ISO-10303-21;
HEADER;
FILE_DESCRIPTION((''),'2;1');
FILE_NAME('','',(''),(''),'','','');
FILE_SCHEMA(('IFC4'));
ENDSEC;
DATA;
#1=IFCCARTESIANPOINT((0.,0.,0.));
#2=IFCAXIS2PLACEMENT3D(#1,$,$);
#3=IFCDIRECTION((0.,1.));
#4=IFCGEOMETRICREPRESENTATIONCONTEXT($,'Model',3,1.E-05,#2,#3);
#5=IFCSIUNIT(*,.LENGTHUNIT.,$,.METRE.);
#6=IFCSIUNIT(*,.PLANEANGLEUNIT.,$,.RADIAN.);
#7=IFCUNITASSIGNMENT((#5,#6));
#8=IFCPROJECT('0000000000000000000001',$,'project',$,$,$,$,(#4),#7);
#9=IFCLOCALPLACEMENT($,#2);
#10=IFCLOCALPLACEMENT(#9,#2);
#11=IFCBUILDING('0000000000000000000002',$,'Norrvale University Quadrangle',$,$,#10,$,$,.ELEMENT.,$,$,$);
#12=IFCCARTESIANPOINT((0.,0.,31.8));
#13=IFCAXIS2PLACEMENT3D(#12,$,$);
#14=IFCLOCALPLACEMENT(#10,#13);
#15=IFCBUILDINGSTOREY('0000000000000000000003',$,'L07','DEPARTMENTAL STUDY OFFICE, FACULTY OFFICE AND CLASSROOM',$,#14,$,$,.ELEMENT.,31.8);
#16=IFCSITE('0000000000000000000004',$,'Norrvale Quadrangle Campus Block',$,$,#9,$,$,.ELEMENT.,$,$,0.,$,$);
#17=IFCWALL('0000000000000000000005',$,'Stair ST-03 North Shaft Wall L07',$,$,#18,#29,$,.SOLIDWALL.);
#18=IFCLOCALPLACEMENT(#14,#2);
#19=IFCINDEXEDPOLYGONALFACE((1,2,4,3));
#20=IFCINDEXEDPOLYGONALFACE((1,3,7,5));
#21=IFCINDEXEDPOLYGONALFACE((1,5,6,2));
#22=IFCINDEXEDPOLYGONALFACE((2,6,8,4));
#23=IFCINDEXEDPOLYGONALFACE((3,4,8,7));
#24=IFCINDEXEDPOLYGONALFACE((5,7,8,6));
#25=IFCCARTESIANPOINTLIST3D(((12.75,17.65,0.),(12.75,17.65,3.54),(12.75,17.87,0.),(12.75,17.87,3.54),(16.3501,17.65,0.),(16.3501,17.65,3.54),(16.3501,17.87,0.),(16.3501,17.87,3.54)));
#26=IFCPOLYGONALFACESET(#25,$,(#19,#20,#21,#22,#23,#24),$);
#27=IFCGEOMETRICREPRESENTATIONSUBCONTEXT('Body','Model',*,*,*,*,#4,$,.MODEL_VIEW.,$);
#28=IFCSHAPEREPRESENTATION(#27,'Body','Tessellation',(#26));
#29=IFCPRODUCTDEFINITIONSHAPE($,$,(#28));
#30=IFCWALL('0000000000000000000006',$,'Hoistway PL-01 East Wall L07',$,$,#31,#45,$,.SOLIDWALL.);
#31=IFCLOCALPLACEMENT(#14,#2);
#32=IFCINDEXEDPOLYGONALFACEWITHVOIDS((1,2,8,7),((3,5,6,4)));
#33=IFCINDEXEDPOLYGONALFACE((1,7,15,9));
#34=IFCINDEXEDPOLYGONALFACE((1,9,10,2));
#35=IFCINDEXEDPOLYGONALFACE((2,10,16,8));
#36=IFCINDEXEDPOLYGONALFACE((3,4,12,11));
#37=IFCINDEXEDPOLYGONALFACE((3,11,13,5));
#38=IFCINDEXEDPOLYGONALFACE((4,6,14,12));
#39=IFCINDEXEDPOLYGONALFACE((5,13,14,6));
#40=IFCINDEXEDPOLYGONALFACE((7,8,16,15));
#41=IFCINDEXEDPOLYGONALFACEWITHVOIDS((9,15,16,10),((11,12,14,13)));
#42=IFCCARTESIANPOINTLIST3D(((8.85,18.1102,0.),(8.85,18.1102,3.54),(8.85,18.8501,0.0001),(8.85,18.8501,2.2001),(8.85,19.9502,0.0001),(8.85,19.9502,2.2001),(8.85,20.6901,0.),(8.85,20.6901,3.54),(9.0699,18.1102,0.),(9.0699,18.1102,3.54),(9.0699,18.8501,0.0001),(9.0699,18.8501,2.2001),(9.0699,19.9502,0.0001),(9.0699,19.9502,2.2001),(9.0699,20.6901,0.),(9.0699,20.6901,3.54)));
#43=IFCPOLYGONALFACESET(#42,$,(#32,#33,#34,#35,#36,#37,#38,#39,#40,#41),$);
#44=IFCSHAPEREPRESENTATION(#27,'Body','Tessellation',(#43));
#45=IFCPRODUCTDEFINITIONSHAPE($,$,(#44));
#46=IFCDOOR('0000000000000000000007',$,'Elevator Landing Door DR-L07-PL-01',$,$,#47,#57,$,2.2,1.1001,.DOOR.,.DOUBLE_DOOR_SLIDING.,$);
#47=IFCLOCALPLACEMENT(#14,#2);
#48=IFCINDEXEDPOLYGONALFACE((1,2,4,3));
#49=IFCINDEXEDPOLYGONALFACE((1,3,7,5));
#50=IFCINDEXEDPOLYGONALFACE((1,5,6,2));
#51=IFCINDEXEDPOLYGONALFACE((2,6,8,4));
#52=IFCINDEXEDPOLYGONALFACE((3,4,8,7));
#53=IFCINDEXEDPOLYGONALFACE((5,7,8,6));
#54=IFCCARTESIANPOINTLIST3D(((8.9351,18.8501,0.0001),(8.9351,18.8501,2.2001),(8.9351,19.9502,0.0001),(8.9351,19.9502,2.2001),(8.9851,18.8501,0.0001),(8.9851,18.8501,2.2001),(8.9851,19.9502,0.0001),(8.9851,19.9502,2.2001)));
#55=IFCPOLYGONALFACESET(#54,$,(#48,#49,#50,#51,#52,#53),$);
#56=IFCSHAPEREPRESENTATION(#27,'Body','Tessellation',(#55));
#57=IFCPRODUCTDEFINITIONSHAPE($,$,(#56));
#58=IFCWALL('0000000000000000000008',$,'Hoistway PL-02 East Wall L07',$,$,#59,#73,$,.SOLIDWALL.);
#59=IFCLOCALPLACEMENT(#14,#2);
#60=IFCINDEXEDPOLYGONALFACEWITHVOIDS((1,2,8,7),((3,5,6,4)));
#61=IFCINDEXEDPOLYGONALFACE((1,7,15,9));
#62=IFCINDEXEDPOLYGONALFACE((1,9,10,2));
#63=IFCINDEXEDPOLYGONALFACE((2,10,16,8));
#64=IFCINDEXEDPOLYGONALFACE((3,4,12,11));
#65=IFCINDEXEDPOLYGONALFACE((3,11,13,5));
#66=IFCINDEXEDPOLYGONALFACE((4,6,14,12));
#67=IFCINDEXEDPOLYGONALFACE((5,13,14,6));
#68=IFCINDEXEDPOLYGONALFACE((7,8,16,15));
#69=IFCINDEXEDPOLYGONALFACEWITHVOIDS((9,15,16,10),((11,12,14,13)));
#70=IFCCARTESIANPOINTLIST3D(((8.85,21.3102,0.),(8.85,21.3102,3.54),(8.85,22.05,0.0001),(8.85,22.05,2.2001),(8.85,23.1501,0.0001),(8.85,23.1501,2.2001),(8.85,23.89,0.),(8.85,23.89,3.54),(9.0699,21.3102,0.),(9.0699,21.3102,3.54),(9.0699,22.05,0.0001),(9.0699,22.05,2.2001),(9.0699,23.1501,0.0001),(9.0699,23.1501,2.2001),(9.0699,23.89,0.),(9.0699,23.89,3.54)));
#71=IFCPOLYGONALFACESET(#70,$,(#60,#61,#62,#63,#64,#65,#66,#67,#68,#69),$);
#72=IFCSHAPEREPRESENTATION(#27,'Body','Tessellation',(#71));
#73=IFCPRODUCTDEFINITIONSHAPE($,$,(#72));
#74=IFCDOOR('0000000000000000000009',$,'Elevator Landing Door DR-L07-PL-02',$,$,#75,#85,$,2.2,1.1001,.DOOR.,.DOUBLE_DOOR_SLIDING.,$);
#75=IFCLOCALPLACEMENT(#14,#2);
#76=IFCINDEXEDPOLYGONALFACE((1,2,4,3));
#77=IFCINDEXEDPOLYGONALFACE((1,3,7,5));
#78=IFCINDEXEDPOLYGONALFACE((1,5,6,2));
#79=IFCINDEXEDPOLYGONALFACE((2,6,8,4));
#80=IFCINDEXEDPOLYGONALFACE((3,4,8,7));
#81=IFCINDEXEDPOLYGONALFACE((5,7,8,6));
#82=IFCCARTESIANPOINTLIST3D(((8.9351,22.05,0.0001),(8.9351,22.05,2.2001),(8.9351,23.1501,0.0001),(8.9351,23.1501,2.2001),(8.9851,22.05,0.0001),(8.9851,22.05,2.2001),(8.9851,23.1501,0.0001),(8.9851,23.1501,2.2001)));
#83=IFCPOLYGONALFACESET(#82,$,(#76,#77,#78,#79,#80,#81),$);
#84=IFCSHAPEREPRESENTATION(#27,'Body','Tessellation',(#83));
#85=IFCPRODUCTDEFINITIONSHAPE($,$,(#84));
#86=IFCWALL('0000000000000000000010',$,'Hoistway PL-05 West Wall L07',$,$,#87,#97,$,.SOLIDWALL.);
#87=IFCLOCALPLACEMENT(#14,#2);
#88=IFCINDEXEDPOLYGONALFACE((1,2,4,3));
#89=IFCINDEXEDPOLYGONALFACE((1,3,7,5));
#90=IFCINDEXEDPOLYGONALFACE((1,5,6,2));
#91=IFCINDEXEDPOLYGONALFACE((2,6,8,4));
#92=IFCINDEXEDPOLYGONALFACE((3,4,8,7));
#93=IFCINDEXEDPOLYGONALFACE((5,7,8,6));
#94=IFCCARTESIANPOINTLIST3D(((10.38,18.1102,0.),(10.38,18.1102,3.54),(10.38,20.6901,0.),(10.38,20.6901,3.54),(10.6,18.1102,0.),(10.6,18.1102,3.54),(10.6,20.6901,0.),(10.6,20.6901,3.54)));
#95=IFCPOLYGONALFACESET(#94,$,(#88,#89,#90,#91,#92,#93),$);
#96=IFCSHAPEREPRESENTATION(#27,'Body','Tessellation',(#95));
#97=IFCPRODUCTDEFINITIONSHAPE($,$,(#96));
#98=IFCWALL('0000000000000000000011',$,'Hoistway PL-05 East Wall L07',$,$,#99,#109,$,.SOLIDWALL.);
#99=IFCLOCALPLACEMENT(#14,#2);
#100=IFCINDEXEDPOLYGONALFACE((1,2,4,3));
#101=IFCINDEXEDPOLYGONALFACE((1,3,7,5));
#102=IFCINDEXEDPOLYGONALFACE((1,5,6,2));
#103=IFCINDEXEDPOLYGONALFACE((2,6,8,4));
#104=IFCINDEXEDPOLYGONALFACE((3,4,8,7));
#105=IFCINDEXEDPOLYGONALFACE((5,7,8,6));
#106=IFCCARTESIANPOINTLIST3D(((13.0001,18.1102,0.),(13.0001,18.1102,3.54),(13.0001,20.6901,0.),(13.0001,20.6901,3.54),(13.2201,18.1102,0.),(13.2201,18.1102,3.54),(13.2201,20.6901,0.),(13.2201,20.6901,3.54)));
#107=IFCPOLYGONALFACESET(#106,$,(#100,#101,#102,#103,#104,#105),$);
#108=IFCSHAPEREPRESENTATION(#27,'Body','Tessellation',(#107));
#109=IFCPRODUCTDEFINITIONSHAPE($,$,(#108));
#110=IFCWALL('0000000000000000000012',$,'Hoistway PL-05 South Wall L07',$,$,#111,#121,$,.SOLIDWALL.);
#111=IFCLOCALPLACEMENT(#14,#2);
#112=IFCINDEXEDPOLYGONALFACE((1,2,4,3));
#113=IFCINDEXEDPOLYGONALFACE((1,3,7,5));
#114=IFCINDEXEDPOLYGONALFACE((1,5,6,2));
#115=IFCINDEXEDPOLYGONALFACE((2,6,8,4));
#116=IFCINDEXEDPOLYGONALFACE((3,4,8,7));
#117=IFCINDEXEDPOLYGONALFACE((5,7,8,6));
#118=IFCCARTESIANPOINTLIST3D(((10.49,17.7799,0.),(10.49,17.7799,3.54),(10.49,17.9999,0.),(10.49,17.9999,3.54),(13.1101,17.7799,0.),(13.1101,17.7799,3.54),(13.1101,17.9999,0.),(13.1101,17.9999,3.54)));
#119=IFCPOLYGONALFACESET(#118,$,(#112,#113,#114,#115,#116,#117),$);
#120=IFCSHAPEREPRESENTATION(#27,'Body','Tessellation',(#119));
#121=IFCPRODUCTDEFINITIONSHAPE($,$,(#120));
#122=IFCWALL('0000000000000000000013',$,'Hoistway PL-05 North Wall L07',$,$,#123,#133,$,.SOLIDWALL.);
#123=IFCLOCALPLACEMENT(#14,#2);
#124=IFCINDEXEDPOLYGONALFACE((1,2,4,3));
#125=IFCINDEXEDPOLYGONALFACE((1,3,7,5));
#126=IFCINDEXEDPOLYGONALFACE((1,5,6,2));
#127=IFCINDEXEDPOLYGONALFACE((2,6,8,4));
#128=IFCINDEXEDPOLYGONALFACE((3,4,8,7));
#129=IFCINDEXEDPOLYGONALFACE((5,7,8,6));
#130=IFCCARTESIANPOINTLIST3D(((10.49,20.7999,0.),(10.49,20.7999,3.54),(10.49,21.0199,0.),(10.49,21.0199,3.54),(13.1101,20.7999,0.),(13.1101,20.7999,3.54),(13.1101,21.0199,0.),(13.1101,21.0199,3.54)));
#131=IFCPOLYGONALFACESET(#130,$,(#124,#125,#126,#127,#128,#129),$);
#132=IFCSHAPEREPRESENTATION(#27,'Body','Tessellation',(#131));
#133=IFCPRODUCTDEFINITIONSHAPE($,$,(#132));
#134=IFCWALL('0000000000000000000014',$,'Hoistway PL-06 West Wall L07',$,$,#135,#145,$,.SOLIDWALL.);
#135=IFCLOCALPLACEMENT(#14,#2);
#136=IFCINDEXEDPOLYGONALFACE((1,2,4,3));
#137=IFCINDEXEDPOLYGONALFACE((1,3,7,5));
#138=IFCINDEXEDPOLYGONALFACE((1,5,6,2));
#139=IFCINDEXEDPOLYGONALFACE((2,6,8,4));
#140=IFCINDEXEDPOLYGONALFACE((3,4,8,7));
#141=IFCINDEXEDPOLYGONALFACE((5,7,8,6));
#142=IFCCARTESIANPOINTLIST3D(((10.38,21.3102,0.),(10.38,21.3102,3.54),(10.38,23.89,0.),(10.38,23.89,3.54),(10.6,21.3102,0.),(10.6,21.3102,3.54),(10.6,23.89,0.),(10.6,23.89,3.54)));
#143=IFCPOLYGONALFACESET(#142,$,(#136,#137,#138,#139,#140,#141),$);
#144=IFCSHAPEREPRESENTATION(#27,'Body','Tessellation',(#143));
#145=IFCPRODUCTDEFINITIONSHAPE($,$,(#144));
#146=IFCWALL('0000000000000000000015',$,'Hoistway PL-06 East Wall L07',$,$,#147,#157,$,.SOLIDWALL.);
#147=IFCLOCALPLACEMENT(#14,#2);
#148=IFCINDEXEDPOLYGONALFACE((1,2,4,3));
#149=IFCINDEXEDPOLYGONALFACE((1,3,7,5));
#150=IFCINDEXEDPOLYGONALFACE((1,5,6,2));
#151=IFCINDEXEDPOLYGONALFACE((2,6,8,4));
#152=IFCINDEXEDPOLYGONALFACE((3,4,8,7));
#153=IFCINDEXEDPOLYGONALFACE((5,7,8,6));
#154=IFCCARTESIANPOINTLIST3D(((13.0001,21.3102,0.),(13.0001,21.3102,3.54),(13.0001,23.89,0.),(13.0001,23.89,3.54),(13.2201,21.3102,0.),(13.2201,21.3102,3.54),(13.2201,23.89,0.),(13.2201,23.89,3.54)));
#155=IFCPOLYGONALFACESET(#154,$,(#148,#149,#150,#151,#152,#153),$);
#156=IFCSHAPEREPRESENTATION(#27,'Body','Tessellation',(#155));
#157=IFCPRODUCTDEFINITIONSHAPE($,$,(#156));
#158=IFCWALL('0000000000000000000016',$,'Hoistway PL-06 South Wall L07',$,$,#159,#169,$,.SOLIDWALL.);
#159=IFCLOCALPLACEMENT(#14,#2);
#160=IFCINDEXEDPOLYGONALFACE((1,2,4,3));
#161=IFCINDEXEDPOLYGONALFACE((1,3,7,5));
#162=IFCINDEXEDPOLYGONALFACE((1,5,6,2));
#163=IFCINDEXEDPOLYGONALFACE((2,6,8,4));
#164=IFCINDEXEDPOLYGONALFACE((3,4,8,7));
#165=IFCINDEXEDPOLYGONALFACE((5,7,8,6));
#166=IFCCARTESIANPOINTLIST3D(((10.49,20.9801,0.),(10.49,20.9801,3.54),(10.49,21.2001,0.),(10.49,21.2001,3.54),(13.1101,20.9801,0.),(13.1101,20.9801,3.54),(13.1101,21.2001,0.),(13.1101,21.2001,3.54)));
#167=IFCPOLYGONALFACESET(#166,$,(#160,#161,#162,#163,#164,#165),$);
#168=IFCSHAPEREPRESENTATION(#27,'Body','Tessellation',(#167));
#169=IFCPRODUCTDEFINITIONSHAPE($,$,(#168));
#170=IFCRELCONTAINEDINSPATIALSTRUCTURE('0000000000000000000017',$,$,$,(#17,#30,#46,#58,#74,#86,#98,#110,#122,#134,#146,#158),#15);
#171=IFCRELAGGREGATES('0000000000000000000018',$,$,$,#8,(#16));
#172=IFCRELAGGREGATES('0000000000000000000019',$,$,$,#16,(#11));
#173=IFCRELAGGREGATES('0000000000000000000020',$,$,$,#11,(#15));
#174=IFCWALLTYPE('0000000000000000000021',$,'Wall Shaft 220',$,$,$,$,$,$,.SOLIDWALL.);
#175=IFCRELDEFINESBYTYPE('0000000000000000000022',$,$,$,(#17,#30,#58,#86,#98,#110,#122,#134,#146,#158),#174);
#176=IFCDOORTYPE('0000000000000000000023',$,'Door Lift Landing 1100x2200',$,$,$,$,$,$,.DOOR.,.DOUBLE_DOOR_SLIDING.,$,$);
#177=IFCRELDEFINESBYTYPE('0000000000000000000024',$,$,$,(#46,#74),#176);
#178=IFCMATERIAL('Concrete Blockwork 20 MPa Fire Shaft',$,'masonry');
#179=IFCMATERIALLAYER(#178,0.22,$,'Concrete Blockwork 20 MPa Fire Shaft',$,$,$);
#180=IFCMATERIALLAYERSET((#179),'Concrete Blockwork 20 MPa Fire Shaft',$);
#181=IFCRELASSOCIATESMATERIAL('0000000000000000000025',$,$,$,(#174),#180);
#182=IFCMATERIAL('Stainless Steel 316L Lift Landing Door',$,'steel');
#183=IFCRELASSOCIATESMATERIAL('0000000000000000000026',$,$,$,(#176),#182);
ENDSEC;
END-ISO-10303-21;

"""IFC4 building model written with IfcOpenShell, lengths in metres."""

from ifc_helpers import new_model, si_unit, direction, frame, frame_2d, origin, place, context, subcontext, project, spatial, rectangle, extrude, material, layer, layer_set, type_object, element, fill, save


model = new_model("IFC4")

# Units and contexts
model_context = context("Model", 3, precision=1e-05, world=origin(), true_north=direction((0.0, 1.0)))
body_context = subcontext(model_context, "Body", "Model", "MODEL_VIEW")
ifc_project = project(units=[si_unit("LENGTHUNIT", "METRE"), si_unit("PLANEANGLEUNIT", "RADIAN")], contexts=[model_context])

# Site, building, storey
site_placement = place(None, origin())
site = spatial("IfcSite", under=ifc_project, at=site_placement, Name="Norrvale Quadrangle Campus Block", CompositionType="ELEMENT", RefElevation=0.0)
building_placement = place(site_placement, origin())
building = spatial("IfcBuilding", under=site, at=building_placement, Name="Norrvale University Quadrangle", CompositionType="ELEMENT")
storey_placement = place(building_placement, frame((0.0, 0.0, 31.8)))
storey = spatial("IfcBuildingStorey", under=building, at=storey_placement, Name="L07", Description="DEPARTMENTAL STUDY OFFICE, FACULTY OFFICE AND CLASSROOM", CompositionType="ELEMENT", Elevation=31.8)

# Wall
ifc_material_1 = material(Name="Concrete Blockwork 20 MPa Fire Shaft", Category="masonry")
ifc_layer_1 = layer(ifc_material_1, 0.22, Name="Concrete Blockwork 20 MPa Fire Shaft")
ifc_layer_set_1 = layer_set([ifc_layer_1], Name="Concrete Blockwork 20 MPa Fire Shaft")
wall_type_1 = type_object("IfcWallType", Name="Wall Shaft 220", PredefinedType="SOLIDWALL", material=ifc_layer_set_1)
wall_1_placement = place(storey_placement, frame((12.75, 17.76, 0.0), z_axis=(0.0, 0.0, 1.0), x_axis=(1.0, 0.0, 0.0)))
element("IfcWall", 1, at=wall_1_placement, inside=storey, type_object=wall_type_1, Name="Stair ST-03 North Shaft Wall L07", PredefinedType="SOLIDWALL", context=body_context, shape_type="SweptSolid", body=[
    extrude(rectangle(XDim=3.6001, YDim=0.22, at=frame_2d((1.8, 0.0))), origin(), (0.0, 0.0, 1.0), 3.54),
])

# Walls, openings, doors
wall_2_placement = place(storey_placement, frame((8.96, 18.1101, 0.0), z_axis=(0.0, 0.0, 1.0), x_axis=(0.0, 1.0, 0.0)))
wall_2 = element("IfcWall", 2, at=wall_2_placement, inside=storey, type_object=wall_type_1, Name="Hoistway PL-01 East Wall L07", PredefinedType="SOLIDWALL", context=body_context, shape_type="SweptSolid", body=[
    extrude(rectangle(XDim=2.5798, YDim=0.22, at=frame_2d((1.29, 0.0))), origin(), (0.0, 0.0, 1.0), 3.54),
])
opening_1_placement = place(wall_2_placement, frame((0.74, 0.0, 0.0)))
opening_1 = element("IfcOpeningElement", 3, at=opening_1_placement, cuts=wall_2, PredefinedType="OPENING", context=body_context, shape_type="SweptSolid", body=[
    extrude(rectangle(XDim=1.1001, YDim=2.2, at=frame_2d((0.55, 1.1001))), frame((0.0, 0.1221, 0.0), z_axis=(0.0, -1.0, 0.0), x_axis=(1.0, 0.0, 0.0)), (0.0, 0.0, 1.0), 0.2439),
])
ifc_material_2 = material(Name="Stainless Steel 316L Lift Landing Door", Category="steel")
door_type_1 = type_object("IfcDoorType", Name="Door Lift Landing 1100x2200", OperationType="DOUBLE_DOOR_SLIDING", PredefinedType="DOOR", material=ifc_material_2)
door_1_placement = place(opening_1_placement, origin())
door_1 = element("IfcDoor", 4, at=door_1_placement, inside=storey, type_object=door_type_1, Name="Elevator Landing Door DR-L07-PL-01", OperationType="DOUBLE_DOOR_SLIDING", OverallHeight=2.2, OverallWidth=1.1001, PredefinedType="DOOR", context=body_context, shape_type="SweptSolid", body=[
    extrude(rectangle(XDim=1.1001, YDim=2.2, at=frame_2d((0.55, 1.1001))), frame((0.0, 0.0249, 0.0), z_axis=(0.0, -1.0, 0.0), x_axis=(1.0, 0.0, 0.0)), (0.0, 0.0, 1.0), 0.05),
])
fill(opening_1, door_1)
wall_3_placement = place(storey_placement, frame((8.96, 21.3101, 0.0), z_axis=(0.0, 0.0, 1.0), x_axis=(0.0, 1.0, 0.0)))
wall_3 = element("IfcWall", 5, at=wall_3_placement, inside=storey, type_object=wall_type_1, Name="Hoistway PL-02 East Wall L07", PredefinedType="SOLIDWALL", context=body_context, shape_type="SweptSolid", body=[
    extrude(rectangle(XDim=2.5798, YDim=0.22, at=frame_2d((1.29, 0.0))), origin(), (0.0, 0.0, 1.0), 3.54),
])
opening_2_placement = place(wall_3_placement, frame((0.74, 0.0, 0.0)))
opening_2 = element("IfcOpeningElement", 6, at=opening_2_placement, cuts=wall_3, PredefinedType="OPENING", context=body_context, shape_type="SweptSolid", body=[
    extrude(rectangle(XDim=1.1001, YDim=2.2, at=frame_2d((0.55, 1.1001))), frame((0.0, 0.1221, 0.0), z_axis=(0.0, -1.0, 0.0), x_axis=(1.0, 0.0, 0.0)), (0.0, 0.0, 1.0), 0.2439),
])
door_2_placement = place(opening_2_placement, origin())
door_2 = element("IfcDoor", 7, at=door_2_placement, inside=storey, type_object=door_type_1, Name="Elevator Landing Door DR-L07-PL-02", OperationType="DOUBLE_DOOR_SLIDING", OverallHeight=2.2, OverallWidth=1.1001, PredefinedType="DOOR", context=body_context, shape_type="SweptSolid", body=[
    extrude(rectangle(XDim=1.1001, YDim=2.2, at=frame_2d((0.55, 1.1001))), frame((0.0, 0.0249, 0.0), z_axis=(0.0, -1.0, 0.0), x_axis=(1.0, 0.0, 0.0)), (0.0, 0.0, 1.0), 0.05),
])
fill(opening_2, door_2)

# Walls
for number, where, z_axis, x_axis, name in (
    (8, (10.49, 18.1101, 0.0), (0.0, 0.0, 1.0), (0.0, 1.0, 0.0), "Hoistway PL-05 West Wall L07"),
    (9, (13.1101, 18.1101, 0.0), (0.0, 0.0, 1.0), (0.0, 1.0, 0.0), "Hoistway PL-05 East Wall L07"),
):
    element("IfcWall", number, at=place(storey_placement, frame(where, z_axis=z_axis, x_axis=x_axis)), inside=storey, type_object=wall_type_1, Name=name, PredefinedType="SOLIDWALL", context=body_context, shape_type="SweptSolid", body=[
        extrude(rectangle(XDim=2.5798, YDim=0.22, at=frame_2d((1.29, 0.0))), origin(), (0.0, 0.0, 1.0), 3.54),
    ])
for number, where, z_axis, x_axis, name in (
    (10, (10.49, 17.8899, 0.0), (0.0, 0.0, 1.0), (1.0, 0.0, 0.0), "Hoistway PL-05 South Wall L07"),
    (11, (10.49, 20.9099, 0.0), (0.0, 0.0, 1.0), (1.0, 0.0, 0.0), "Hoistway PL-05 North Wall L07"),
):
    element("IfcWall", number, at=place(storey_placement, frame(where, z_axis=z_axis, x_axis=x_axis)), inside=storey, type_object=wall_type_1, Name=name, PredefinedType="SOLIDWALL", context=body_context, shape_type="SweptSolid", body=[
        extrude(rectangle(XDim=2.6201, YDim=0.22, at=frame_2d((1.3101, 0.0))), origin(), (0.0, 0.0, 1.0), 3.54),
    ])
for number, where, z_axis, x_axis, name in (
    (12, (10.49, 21.3101, 0.0), (0.0, 0.0, 1.0), (0.0, 1.0, 0.0), "Hoistway PL-06 West Wall L07"),
    (13, (13.1101, 21.3101, 0.0), (0.0, 0.0, 1.0), (0.0, 1.0, 0.0), "Hoistway PL-06 East Wall L07"),
):
    element("IfcWall", number, at=place(storey_placement, frame(where, z_axis=z_axis, x_axis=x_axis)), inside=storey, type_object=wall_type_1, Name=name, PredefinedType="SOLIDWALL", context=body_context, shape_type="SweptSolid", body=[
        extrude(rectangle(XDim=2.5798, YDim=0.22, at=frame_2d((1.29, 0.0))), origin(), (0.0, 0.0, 1.0), 3.54),
    ])
wall_4_placement = place(storey_placement, frame((10.49, 21.0901, 0.0), z_axis=(0.0, 0.0, 1.0), x_axis=(1.0, 0.0, 0.0)))
element("IfcWall", 14, at=wall_4_placement, inside=storey, type_object=wall_type_1, Name="Hoistway PL-06 South Wall L07", PredefinedType="SOLIDWALL", context=body_context, shape_type="SweptSolid", body=[
    extrude(rectangle(XDim=2.6201, YDim=0.22, at=frame_2d((1.3101, 0.0))), origin(), (0.0, 0.0, 1.0), 3.54),
])

save(model, "model.ifc")
